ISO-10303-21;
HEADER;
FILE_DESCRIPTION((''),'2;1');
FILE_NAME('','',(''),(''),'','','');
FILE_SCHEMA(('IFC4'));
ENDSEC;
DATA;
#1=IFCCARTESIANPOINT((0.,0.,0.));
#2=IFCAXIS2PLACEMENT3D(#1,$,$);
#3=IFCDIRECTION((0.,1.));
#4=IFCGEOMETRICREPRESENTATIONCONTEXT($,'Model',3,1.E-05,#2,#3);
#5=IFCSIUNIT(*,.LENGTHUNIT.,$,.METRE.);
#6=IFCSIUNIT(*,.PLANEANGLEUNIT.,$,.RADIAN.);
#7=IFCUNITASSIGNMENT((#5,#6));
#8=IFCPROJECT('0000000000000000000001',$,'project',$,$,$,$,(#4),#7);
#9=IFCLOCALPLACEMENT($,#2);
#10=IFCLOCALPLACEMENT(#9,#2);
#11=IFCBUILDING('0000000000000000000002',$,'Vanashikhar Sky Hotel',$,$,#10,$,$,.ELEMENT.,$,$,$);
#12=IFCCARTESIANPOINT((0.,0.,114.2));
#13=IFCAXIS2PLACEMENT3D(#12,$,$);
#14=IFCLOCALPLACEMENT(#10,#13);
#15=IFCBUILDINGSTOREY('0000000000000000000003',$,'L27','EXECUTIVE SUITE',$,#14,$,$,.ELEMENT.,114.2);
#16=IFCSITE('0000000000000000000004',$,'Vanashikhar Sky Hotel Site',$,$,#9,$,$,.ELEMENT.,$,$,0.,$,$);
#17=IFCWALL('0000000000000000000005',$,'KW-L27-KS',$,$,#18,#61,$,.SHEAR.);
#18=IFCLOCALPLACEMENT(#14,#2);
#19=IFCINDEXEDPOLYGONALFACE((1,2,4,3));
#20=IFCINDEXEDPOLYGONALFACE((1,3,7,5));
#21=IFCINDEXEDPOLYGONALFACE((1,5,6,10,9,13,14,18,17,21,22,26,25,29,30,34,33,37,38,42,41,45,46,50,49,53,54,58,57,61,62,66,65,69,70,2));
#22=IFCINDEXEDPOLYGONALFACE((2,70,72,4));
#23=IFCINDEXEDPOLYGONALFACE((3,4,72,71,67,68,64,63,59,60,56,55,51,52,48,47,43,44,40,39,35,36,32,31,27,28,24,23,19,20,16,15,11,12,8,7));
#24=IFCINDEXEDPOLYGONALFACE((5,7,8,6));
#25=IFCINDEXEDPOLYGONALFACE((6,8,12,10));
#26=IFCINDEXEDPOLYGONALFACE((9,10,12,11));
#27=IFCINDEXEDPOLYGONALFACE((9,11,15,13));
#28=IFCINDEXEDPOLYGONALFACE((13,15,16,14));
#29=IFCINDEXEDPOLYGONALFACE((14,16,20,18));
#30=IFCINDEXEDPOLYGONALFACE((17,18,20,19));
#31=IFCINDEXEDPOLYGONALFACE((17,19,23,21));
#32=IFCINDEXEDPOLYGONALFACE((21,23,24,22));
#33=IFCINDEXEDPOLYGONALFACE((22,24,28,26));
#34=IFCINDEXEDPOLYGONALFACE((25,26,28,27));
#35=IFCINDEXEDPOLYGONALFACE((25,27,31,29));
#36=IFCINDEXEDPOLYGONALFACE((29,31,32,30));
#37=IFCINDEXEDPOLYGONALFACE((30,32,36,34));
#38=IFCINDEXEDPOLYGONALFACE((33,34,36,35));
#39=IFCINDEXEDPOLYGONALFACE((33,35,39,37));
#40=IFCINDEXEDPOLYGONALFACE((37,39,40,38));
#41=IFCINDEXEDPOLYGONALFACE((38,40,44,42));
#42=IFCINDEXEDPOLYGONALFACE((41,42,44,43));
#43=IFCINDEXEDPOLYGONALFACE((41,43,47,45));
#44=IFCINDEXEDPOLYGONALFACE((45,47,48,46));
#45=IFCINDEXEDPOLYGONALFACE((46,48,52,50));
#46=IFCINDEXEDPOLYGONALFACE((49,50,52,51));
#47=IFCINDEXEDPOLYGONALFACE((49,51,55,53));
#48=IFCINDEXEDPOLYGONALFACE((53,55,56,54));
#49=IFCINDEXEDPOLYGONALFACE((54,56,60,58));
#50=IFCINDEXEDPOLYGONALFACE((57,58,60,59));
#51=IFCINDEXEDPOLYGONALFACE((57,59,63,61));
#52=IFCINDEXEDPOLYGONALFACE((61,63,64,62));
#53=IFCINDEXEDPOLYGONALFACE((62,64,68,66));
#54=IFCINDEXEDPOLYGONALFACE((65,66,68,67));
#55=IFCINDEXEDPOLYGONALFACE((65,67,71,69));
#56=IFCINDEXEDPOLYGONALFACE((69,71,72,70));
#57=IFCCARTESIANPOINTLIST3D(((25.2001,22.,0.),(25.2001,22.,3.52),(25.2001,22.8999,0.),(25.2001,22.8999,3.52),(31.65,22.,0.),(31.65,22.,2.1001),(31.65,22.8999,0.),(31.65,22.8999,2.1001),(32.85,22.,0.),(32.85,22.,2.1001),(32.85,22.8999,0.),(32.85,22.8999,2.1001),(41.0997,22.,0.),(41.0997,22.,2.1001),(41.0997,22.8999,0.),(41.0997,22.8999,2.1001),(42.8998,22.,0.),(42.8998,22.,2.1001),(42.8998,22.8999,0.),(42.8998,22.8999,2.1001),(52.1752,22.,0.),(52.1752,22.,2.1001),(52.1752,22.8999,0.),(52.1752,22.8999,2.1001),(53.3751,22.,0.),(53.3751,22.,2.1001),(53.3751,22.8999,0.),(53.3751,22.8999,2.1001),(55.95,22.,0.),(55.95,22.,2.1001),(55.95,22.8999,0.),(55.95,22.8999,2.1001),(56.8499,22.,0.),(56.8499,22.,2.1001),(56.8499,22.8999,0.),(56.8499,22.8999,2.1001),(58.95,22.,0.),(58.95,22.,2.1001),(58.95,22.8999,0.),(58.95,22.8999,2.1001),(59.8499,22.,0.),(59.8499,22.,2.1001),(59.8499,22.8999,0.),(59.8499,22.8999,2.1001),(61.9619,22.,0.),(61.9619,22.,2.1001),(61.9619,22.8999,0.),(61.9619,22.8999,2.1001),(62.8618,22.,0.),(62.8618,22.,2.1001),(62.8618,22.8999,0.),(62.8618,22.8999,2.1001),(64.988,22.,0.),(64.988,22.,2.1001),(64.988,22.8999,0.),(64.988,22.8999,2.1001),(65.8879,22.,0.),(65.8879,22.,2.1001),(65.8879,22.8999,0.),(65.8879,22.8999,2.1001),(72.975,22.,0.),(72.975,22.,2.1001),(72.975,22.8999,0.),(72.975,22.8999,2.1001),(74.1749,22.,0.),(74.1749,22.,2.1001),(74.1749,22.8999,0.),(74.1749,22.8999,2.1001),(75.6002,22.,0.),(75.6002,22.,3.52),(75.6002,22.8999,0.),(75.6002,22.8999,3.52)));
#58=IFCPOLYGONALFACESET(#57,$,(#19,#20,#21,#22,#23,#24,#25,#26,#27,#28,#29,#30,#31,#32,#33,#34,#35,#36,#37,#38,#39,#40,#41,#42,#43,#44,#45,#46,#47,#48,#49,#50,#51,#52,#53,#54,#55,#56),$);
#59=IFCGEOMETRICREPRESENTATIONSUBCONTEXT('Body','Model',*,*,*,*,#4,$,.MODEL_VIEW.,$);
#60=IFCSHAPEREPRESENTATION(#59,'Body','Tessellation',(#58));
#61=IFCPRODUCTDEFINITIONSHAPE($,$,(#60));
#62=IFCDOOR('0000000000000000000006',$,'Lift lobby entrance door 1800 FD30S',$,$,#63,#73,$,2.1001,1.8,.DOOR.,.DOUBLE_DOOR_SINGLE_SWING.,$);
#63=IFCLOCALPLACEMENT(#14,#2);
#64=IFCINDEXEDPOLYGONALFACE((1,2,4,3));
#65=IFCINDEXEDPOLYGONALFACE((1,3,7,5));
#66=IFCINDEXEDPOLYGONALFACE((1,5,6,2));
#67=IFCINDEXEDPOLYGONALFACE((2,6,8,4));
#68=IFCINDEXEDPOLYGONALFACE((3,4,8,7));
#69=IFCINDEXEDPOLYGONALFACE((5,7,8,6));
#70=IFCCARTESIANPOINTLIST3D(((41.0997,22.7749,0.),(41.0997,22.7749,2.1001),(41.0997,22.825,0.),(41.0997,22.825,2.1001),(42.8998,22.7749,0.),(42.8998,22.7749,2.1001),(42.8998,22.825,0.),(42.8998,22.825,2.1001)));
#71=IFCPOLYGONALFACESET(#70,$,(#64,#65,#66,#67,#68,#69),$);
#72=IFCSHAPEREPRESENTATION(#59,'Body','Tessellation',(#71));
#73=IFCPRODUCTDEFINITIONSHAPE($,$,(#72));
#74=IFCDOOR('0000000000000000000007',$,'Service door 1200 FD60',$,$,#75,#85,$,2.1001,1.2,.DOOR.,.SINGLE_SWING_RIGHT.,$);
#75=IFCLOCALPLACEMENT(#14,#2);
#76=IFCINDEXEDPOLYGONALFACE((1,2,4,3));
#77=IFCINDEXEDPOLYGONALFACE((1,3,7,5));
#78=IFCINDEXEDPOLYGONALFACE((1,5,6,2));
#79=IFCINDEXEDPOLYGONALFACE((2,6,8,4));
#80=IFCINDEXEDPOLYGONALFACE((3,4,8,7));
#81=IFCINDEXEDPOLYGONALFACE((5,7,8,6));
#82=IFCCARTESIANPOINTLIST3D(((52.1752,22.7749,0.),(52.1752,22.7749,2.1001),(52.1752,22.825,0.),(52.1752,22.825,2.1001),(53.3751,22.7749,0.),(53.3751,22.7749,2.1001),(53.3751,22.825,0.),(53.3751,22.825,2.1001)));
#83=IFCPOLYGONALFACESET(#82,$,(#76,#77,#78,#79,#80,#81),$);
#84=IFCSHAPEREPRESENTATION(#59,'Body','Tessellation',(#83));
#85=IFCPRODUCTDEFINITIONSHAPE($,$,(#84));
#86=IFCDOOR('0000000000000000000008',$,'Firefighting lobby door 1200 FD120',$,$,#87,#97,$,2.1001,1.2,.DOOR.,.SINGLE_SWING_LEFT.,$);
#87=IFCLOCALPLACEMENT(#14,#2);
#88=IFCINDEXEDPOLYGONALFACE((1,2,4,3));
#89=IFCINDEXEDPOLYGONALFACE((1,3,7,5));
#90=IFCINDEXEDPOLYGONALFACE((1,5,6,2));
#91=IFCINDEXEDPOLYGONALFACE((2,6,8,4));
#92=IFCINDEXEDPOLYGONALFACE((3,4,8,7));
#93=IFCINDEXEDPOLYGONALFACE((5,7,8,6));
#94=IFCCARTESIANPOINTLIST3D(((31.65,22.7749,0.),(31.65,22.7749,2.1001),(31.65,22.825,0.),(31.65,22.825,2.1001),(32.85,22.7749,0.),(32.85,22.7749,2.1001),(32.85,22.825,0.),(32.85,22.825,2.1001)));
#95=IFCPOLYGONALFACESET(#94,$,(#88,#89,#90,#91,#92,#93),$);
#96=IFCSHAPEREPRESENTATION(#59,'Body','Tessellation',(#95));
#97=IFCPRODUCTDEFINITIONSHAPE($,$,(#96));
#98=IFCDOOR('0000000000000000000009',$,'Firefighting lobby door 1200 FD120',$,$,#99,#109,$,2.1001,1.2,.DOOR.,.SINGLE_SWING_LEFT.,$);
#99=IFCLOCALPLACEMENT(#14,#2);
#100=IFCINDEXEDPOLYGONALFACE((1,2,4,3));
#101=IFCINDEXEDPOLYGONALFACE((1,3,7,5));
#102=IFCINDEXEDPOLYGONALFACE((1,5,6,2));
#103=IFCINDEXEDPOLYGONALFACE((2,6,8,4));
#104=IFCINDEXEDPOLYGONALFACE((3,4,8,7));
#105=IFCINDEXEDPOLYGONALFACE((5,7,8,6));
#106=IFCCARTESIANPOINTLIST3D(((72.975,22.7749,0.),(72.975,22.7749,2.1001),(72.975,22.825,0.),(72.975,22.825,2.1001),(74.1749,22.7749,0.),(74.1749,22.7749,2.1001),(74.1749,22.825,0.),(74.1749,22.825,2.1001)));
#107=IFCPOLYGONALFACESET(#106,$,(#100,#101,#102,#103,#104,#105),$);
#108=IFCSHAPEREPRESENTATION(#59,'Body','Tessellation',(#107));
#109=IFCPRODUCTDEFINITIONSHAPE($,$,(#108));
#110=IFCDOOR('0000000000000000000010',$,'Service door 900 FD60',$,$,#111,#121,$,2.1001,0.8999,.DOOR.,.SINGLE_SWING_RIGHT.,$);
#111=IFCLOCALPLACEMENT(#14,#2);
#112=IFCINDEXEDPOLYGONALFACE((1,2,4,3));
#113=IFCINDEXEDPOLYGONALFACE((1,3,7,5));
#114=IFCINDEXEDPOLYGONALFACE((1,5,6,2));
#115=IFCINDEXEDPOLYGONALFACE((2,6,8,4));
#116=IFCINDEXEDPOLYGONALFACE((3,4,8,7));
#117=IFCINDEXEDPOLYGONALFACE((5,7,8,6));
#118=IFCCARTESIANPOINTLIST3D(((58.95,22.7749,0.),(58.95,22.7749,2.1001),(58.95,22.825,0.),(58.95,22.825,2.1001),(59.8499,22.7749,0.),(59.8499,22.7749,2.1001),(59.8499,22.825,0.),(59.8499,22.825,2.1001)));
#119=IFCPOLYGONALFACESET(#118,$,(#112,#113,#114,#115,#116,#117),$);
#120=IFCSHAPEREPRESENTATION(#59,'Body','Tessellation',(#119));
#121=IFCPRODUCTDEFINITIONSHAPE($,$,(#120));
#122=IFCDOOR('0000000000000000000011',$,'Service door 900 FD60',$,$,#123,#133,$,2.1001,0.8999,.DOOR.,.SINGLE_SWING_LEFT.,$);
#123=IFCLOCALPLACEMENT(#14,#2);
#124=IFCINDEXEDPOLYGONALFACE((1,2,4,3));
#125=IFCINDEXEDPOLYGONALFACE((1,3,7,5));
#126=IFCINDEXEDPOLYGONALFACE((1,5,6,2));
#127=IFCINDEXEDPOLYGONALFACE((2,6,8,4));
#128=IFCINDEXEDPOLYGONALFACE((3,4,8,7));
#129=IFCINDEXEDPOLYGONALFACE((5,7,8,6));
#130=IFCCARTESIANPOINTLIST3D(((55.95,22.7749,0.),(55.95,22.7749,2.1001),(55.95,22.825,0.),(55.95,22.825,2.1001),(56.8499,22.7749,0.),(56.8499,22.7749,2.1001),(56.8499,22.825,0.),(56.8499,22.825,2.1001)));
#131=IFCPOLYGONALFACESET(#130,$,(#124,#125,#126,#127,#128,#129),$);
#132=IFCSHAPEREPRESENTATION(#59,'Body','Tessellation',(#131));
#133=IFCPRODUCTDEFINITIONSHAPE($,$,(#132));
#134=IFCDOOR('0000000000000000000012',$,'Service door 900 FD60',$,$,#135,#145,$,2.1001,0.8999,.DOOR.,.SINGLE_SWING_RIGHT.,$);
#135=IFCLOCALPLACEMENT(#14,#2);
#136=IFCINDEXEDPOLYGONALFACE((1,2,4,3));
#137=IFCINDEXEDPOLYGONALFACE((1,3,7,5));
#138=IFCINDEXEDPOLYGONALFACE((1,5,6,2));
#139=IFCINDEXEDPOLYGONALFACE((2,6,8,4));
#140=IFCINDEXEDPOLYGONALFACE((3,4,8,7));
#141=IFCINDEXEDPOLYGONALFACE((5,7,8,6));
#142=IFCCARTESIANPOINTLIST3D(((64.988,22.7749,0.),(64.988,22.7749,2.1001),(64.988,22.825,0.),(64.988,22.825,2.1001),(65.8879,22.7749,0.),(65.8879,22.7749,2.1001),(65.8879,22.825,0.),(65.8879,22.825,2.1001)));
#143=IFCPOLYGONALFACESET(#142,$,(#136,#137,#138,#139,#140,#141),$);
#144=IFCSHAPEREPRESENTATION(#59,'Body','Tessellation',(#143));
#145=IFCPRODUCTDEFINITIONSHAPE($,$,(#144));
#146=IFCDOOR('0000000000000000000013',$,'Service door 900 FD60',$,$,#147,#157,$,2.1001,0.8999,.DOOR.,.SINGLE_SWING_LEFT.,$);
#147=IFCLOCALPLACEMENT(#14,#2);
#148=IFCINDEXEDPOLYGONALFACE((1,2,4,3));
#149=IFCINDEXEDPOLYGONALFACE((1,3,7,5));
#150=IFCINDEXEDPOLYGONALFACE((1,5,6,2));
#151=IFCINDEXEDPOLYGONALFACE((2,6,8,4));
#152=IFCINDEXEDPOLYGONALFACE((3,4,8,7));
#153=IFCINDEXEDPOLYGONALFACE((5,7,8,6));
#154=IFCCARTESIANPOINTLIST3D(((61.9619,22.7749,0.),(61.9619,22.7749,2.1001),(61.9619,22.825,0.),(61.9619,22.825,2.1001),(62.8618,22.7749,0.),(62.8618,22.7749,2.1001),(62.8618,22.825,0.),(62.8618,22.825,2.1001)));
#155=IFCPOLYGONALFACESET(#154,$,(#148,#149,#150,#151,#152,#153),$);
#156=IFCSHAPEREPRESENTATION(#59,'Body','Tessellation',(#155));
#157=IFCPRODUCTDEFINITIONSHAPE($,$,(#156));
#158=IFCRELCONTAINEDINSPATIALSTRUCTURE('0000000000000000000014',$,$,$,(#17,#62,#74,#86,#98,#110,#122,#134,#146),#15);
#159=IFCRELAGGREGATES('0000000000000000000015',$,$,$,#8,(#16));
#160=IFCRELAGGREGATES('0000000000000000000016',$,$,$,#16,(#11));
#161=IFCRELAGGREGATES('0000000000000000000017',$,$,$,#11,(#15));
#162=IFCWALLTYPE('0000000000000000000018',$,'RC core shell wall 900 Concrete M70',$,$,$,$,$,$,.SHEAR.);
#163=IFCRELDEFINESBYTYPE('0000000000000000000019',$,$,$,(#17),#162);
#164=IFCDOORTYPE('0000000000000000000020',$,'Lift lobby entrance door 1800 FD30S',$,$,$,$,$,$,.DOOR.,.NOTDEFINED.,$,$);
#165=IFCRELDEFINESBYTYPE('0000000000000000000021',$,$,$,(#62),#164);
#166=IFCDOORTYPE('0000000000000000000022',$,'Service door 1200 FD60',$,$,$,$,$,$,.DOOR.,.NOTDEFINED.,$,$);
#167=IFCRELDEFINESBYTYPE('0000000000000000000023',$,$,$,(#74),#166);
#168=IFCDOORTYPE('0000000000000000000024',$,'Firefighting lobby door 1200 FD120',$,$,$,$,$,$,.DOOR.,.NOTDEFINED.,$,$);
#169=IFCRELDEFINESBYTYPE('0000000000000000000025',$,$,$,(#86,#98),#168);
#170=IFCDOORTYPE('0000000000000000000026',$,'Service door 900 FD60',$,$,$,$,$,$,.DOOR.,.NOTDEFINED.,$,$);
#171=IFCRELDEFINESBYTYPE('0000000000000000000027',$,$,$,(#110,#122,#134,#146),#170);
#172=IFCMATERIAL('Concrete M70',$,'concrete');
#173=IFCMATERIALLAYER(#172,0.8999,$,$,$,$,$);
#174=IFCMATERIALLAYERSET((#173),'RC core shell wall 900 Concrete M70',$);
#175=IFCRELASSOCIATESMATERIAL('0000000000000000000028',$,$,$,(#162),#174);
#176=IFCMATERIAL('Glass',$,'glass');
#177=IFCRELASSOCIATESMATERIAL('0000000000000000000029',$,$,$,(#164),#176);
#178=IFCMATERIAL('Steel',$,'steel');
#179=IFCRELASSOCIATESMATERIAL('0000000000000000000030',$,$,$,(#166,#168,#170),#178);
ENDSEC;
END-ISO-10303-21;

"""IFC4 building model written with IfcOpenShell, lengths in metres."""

from ifc_helpers import new_model, si_unit, direction, frame, frame_2d, origin, place, context, subcontext, project, spatial, rectangle, extrude, source, transform, mapped, material, layer, layer_set, type_object, element, fill, save


model = new_model("IFC4")

# Units and contexts
model_context = context("Model", 3, precision=1e-05, world=origin(), true_north=direction((0.0, 1.0)))
body_context = subcontext(model_context, "Body", "Model", "MODEL_VIEW")
ifc_project = project(units=[si_unit("LENGTHUNIT", "METRE"), si_unit("PLANEANGLEUNIT", "RADIAN")], contexts=[model_context])

# Site, building, storey
site_placement = place(None, origin())
site = spatial("IfcSite", under=ifc_project, at=site_placement, Name="Vanashikhar Sky Hotel Site", CompositionType="ELEMENT", RefElevation=0.0)
building_placement = place(site_placement, origin())
building = spatial("IfcBuilding", under=site, at=building_placement, Name="Vanashikhar Sky Hotel", CompositionType="ELEMENT")
storey_placement = place(building_placement, frame((0.0, 0.0, 114.2)))
storey = spatial("IfcBuildingStorey", under=building, at=storey_placement, Name="L27", Description="EXECUTIVE SUITE", CompositionType="ELEMENT", Elevation=114.2)

# Wall, openings, doors
ifc_material_1 = material(Name="Concrete M70", Category="concrete")
ifc_layer_1 = layer(ifc_material_1, 0.8999)
ifc_layer_set_1 = layer_set([ifc_layer_1], Name="RC core shell wall 900 Concrete M70")
wall_type_1 = type_object("IfcWallType", Name="RC core shell wall 900 Concrete M70", PredefinedType="SHEAR", material=ifc_layer_set_1)
shared_shape_1 = source(origin(), body_context, "Body", "SweptSolid", [
    extrude(rectangle(XDim=50.4001, YDim=0.8999, at=frame_2d((25.2002, 0.0))), origin(), (0.0, 0.0, 1.0), 3.52),
])
wall_1_placement = place(storey_placement, frame((25.2, 22.45, 0.0), z_axis=(0.0, 0.0, 1.0), x_axis=(1.0, 0.0, 0.0)))
wall_1 = element("IfcWall", 1, at=wall_1_placement, inside=storey, type_object=wall_type_1, Name="KW-L27-KS", PredefinedType="SHEAR", context=body_context, shape_type="MappedRepresentation", body=[
    mapped(shared_shape_1, transform((0.0, 0.0, 0.0), scale=1.0)),
])
shared_shape_2 = source(origin(), body_context, "Body", "SweptSolid", [
    extrude(rectangle(XDim=1.8, YDim=2.1001, at=frame_2d((0.8999, 1.05))), frame((0.0, 0.46, 0.0), z_axis=(0.0, -1.0, 0.0), x_axis=(1.0, 0.0, 0.0)), (0.0, 0.0, 1.0), 0.9199),
])
opening_1_placement = place(wall_1_placement, frame((15.8999, 0.0, 0.0)))
opening_1 = element("IfcOpeningElement", 2, at=opening_1_placement, cuts=wall_1, PredefinedType="OPENING", context=body_context, shape_type="MappedRepresentation", body=[
    mapped(shared_shape_2, transform((0.0, 0.0, 0.0), scale=1.0)),
])
shared_shape_3 = source(origin(), body_context, "Body", "SweptSolid", [
    extrude(rectangle(XDim=1.2, YDim=2.1001, at=frame_2d((0.6001, 1.05))), frame((0.0, 0.46, 0.0), z_axis=(0.0, -1.0, 0.0), x_axis=(1.0, 0.0, 0.0)), (0.0, 0.0, 1.0), 0.9199),
])
opening_2_placement = place(wall_1_placement, frame((26.9751, 0.0, 0.0)))
opening_2 = element("IfcOpeningElement", 3, at=opening_2_placement, cuts=wall_1, PredefinedType="OPENING", context=body_context, shape_type="MappedRepresentation", body=[
    mapped(shared_shape_3, transform((0.0, 0.0, 0.0), scale=1.0)),
])
shared_shape_4 = source(origin(), body_context, "Body", "SweptSolid", [
    extrude(rectangle(XDim=0.8999, YDim=2.1001, at=frame_2d((0.45, 1.05))), frame((0.0, 0.46, 0.0), z_axis=(0.0, -1.0, 0.0), x_axis=(1.0, 0.0, 0.0)), (0.0, 0.0, 1.0), 0.9199),
])
opening_3_placement = place(wall_1_placement, frame((33.75, 0.0, 0.0)))
opening_3 = element("IfcOpeningElement", 4, at=opening_3_placement, cuts=wall_1, PredefinedType="OPENING", context=body_context, shape_type="MappedRepresentation", body=[
    mapped(shared_shape_4, transform((0.0, 0.0, 0.0), scale=1.0)),
])
opening_4_placement = place(wall_1_placement, frame((30.75, 0.0, 0.0)))
opening_4 = element("IfcOpeningElement", 5, at=opening_4_placement, cuts=wall_1, PredefinedType="OPENING", context=body_context, shape_type="MappedRepresentation", body=[
    mapped(shared_shape_4, transform((0.0, 0.0, 0.0), scale=1.0)),
])
opening_5_placement = place(wall_1_placement, frame((39.7881, 0.0, 0.0)))
opening_5 = element("IfcOpeningElement", 6, at=opening_5_placement, cuts=wall_1, PredefinedType="OPENING", context=body_context, shape_type="MappedRepresentation", body=[
    mapped(shared_shape_4, transform((0.0, 0.0, 0.0), scale=1.0)),
])
opening_6_placement = place(wall_1_placement, frame((36.762, 0.0, 0.0)))
opening_6 = element("IfcOpeningElement", 7, at=opening_6_placement, cuts=wall_1, PredefinedType="OPENING", context=body_context, shape_type="MappedRepresentation", body=[
    mapped(shared_shape_4, transform((0.0, 0.0, 0.0), scale=1.0)),
])
opening_7_placement = place(wall_1_placement, frame((6.45, 0.0, 0.0)))
opening_7 = element("IfcOpeningElement", 8, at=opening_7_placement, cuts=wall_1, PredefinedType="OPENING", context=body_context, shape_type="MappedRepresentation", body=[
    mapped(shared_shape_3, transform((0.0, 0.0, 0.0), scale=1.0)),
])
opening_8_placement = place(wall_1_placement, frame((47.7749, 0.0, 0.0)))
opening_8 = element("IfcOpeningElement", 9, at=opening_8_placement, cuts=wall_1, PredefinedType="OPENING", context=body_context, shape_type="MappedRepresentation", body=[
    mapped(shared_shape_3, transform((0.0, 0.0, 0.0), scale=1.0)),
])
ifc_material_2 = material(Name="Glass", Category="glass")
door_type_1 = type_object("IfcDoorType", Name="Lift lobby entrance door 1800 FD30S", OperationType="NOTDEFINED", PredefinedType="DOOR", material=ifc_material_2)
shared_shape_5 = source(origin(), body_context, "Body", "SweptSolid", [
    extrude(rectangle(XDim=1.8, YDim=2.1001, at=frame_2d((0.8999, 1.05))), frame((0.0, 0.375, 0.0), z_axis=(0.0, -1.0, 0.0), x_axis=(1.0, 0.0, 0.0)), (0.0, 0.0, 1.0), 0.05),
])
door_1_placement = place(opening_1_placement, origin())
door_1 = element("IfcDoor", 10, at=door_1_placement, inside=storey, type_object=door_type_1, Name="Lift lobby entrance door 1800 FD30S", OperationType="DOUBLE_DOOR_SINGLE_SWING", OverallHeight=2.1001, OverallWidth=1.8, PredefinedType="DOOR", context=body_context, shape_type="MappedRepresentation", body=[
    mapped(shared_shape_5, transform((0.0, 0.0, 0.0), scale=1.0)),
])
fill(opening_1, door_1)
ifc_material_3 = material(Name="Steel", Category="steel")
door_type_2 = type_object("IfcDoorType", Name="Service door 1200 FD60", OperationType="NOTDEFINED", PredefinedType="DOOR", material=ifc_material_3)
shared_shape_6 = source(origin(), body_context, "Body", "SweptSolid", [
    extrude(rectangle(XDim=1.2, YDim=2.1001, at=frame_2d((0.6001, 1.05))), frame((0.0, 0.375, 0.0), z_axis=(0.0, -1.0, 0.0), x_axis=(1.0, 0.0, 0.0)), (0.0, 0.0, 1.0), 0.05),
])
door_2_placement = place(opening_2_placement, origin())
door_2 = element("IfcDoor", 11, at=door_2_placement, inside=storey, type_object=door_type_2, Name="Service door 1200 FD60", OperationType="SINGLE_SWING_RIGHT", OverallHeight=2.1001, OverallWidth=1.2, PredefinedType="DOOR", context=body_context, shape_type="MappedRepresentation", body=[
    mapped(shared_shape_6, transform((0.0, 0.0, 0.0), scale=1.0)),
])
fill(opening_2, door_2)
door_type_3 = type_object("IfcDoorType", Name="Firefighting lobby door 1200 FD120", OperationType="NOTDEFINED", PredefinedType="DOOR", material=ifc_material_3)
door_3_placement = place(opening_7_placement, origin())
door_3 = element("IfcDoor", 12, at=door_3_placement, inside=storey, type_object=door_type_3, Name="Firefighting lobby door 1200 FD120", OperationType="SINGLE_SWING_LEFT", OverallHeight=2.1001, OverallWidth=1.2, PredefinedType="DOOR", context=body_context, shape_type="MappedRepresentation", body=[
    mapped(shared_shape_6, transform((0.0, 0.0, 0.0), scale=1.0)),
])
fill(opening_7, door_3)
door_4_placement = place(opening_8_placement, origin())
door_4 = element("IfcDoor", 13, at=door_4_placement, inside=storey, type_object=door_type_3, Name="Firefighting lobby door 1200 FD120", OperationType="SINGLE_SWING_LEFT", OverallHeight=2.1001, OverallWidth=1.2, PredefinedType="DOOR", context=body_context, shape_type="MappedRepresentation", body=[
    mapped(shared_shape_6, transform((0.0, 0.0, 0.0), scale=1.0)),
])
fill(opening_8, door_4)
door_type_4 = type_object("IfcDoorType", Name="Service door 900 FD60", OperationType="NOTDEFINED", PredefinedType="DOOR", material=ifc_material_3)
shared_shape_7 = source(origin(), body_context, "Body", "SweptSolid", [
    extrude(rectangle(XDim=0.8999, YDim=2.1001, at=frame_2d((0.45, 1.05))), frame((0.0, 0.375, 0.0), z_axis=(0.0, -1.0, 0.0), x_axis=(1.0, 0.0, 0.0)), (0.0, 0.0, 1.0), 0.05),
])
door_5_placement = place(opening_3_placement, origin())
door_5 = element("IfcDoor", 14, at=door_5_placement, inside=storey, type_object=door_type_4, Name="Service door 900 FD60", OperationType="SINGLE_SWING_RIGHT", OverallHeight=2.1001, OverallWidth=0.8999, PredefinedType="DOOR", context=body_context, shape_type="MappedRepresentation", body=[
    mapped(shared_shape_7, transform((0.0, 0.0, 0.0), scale=1.0)),
])
fill(opening_3, door_5)
door_6_placement = place(opening_4_placement, origin())
door_6 = element("IfcDoor", 15, at=door_6_placement, inside=storey, type_object=door_type_4, Name="Service door 900 FD60", OperationType="SINGLE_SWING_LEFT", OverallHeight=2.1001, OverallWidth=0.8999, PredefinedType="DOOR", context=body_context, shape_type="MappedRepresentation", body=[
    mapped(shared_shape_7, transform((0.0, 0.0, 0.0), scale=1.0)),
])
fill(opening_4, door_6)
door_7_placement = place(opening_5_placement, origin())
door_7 = element("IfcDoor", 16, at=door_7_placement, inside=storey, type_object=door_type_4, Name="Service door 900 FD60", OperationType="SINGLE_SWING_RIGHT", OverallHeight=2.1001, OverallWidth=0.8999, PredefinedType="DOOR", context=body_context, shape_type="MappedRepresentation", body=[
    mapped(shared_shape_7, transform((0.0, 0.0, 0.0), scale=1.0)),
])
fill(opening_5, door_7)
door_8_placement = place(opening_6_placement, origin())
door_8 = element("IfcDoor", 17, at=door_8_placement, inside=storey, type_object=door_type_4, Name="Service door 900 FD60", OperationType="SINGLE_SWING_LEFT", OverallHeight=2.1001, OverallWidth=0.8999, PredefinedType="DOOR", context=body_context, shape_type="MappedRepresentation", body=[
    mapped(shared_shape_7, transform((0.0, 0.0, 0.0), scale=1.0)),
])
fill(opening_6, door_8)

save(model, "model.ifc")
